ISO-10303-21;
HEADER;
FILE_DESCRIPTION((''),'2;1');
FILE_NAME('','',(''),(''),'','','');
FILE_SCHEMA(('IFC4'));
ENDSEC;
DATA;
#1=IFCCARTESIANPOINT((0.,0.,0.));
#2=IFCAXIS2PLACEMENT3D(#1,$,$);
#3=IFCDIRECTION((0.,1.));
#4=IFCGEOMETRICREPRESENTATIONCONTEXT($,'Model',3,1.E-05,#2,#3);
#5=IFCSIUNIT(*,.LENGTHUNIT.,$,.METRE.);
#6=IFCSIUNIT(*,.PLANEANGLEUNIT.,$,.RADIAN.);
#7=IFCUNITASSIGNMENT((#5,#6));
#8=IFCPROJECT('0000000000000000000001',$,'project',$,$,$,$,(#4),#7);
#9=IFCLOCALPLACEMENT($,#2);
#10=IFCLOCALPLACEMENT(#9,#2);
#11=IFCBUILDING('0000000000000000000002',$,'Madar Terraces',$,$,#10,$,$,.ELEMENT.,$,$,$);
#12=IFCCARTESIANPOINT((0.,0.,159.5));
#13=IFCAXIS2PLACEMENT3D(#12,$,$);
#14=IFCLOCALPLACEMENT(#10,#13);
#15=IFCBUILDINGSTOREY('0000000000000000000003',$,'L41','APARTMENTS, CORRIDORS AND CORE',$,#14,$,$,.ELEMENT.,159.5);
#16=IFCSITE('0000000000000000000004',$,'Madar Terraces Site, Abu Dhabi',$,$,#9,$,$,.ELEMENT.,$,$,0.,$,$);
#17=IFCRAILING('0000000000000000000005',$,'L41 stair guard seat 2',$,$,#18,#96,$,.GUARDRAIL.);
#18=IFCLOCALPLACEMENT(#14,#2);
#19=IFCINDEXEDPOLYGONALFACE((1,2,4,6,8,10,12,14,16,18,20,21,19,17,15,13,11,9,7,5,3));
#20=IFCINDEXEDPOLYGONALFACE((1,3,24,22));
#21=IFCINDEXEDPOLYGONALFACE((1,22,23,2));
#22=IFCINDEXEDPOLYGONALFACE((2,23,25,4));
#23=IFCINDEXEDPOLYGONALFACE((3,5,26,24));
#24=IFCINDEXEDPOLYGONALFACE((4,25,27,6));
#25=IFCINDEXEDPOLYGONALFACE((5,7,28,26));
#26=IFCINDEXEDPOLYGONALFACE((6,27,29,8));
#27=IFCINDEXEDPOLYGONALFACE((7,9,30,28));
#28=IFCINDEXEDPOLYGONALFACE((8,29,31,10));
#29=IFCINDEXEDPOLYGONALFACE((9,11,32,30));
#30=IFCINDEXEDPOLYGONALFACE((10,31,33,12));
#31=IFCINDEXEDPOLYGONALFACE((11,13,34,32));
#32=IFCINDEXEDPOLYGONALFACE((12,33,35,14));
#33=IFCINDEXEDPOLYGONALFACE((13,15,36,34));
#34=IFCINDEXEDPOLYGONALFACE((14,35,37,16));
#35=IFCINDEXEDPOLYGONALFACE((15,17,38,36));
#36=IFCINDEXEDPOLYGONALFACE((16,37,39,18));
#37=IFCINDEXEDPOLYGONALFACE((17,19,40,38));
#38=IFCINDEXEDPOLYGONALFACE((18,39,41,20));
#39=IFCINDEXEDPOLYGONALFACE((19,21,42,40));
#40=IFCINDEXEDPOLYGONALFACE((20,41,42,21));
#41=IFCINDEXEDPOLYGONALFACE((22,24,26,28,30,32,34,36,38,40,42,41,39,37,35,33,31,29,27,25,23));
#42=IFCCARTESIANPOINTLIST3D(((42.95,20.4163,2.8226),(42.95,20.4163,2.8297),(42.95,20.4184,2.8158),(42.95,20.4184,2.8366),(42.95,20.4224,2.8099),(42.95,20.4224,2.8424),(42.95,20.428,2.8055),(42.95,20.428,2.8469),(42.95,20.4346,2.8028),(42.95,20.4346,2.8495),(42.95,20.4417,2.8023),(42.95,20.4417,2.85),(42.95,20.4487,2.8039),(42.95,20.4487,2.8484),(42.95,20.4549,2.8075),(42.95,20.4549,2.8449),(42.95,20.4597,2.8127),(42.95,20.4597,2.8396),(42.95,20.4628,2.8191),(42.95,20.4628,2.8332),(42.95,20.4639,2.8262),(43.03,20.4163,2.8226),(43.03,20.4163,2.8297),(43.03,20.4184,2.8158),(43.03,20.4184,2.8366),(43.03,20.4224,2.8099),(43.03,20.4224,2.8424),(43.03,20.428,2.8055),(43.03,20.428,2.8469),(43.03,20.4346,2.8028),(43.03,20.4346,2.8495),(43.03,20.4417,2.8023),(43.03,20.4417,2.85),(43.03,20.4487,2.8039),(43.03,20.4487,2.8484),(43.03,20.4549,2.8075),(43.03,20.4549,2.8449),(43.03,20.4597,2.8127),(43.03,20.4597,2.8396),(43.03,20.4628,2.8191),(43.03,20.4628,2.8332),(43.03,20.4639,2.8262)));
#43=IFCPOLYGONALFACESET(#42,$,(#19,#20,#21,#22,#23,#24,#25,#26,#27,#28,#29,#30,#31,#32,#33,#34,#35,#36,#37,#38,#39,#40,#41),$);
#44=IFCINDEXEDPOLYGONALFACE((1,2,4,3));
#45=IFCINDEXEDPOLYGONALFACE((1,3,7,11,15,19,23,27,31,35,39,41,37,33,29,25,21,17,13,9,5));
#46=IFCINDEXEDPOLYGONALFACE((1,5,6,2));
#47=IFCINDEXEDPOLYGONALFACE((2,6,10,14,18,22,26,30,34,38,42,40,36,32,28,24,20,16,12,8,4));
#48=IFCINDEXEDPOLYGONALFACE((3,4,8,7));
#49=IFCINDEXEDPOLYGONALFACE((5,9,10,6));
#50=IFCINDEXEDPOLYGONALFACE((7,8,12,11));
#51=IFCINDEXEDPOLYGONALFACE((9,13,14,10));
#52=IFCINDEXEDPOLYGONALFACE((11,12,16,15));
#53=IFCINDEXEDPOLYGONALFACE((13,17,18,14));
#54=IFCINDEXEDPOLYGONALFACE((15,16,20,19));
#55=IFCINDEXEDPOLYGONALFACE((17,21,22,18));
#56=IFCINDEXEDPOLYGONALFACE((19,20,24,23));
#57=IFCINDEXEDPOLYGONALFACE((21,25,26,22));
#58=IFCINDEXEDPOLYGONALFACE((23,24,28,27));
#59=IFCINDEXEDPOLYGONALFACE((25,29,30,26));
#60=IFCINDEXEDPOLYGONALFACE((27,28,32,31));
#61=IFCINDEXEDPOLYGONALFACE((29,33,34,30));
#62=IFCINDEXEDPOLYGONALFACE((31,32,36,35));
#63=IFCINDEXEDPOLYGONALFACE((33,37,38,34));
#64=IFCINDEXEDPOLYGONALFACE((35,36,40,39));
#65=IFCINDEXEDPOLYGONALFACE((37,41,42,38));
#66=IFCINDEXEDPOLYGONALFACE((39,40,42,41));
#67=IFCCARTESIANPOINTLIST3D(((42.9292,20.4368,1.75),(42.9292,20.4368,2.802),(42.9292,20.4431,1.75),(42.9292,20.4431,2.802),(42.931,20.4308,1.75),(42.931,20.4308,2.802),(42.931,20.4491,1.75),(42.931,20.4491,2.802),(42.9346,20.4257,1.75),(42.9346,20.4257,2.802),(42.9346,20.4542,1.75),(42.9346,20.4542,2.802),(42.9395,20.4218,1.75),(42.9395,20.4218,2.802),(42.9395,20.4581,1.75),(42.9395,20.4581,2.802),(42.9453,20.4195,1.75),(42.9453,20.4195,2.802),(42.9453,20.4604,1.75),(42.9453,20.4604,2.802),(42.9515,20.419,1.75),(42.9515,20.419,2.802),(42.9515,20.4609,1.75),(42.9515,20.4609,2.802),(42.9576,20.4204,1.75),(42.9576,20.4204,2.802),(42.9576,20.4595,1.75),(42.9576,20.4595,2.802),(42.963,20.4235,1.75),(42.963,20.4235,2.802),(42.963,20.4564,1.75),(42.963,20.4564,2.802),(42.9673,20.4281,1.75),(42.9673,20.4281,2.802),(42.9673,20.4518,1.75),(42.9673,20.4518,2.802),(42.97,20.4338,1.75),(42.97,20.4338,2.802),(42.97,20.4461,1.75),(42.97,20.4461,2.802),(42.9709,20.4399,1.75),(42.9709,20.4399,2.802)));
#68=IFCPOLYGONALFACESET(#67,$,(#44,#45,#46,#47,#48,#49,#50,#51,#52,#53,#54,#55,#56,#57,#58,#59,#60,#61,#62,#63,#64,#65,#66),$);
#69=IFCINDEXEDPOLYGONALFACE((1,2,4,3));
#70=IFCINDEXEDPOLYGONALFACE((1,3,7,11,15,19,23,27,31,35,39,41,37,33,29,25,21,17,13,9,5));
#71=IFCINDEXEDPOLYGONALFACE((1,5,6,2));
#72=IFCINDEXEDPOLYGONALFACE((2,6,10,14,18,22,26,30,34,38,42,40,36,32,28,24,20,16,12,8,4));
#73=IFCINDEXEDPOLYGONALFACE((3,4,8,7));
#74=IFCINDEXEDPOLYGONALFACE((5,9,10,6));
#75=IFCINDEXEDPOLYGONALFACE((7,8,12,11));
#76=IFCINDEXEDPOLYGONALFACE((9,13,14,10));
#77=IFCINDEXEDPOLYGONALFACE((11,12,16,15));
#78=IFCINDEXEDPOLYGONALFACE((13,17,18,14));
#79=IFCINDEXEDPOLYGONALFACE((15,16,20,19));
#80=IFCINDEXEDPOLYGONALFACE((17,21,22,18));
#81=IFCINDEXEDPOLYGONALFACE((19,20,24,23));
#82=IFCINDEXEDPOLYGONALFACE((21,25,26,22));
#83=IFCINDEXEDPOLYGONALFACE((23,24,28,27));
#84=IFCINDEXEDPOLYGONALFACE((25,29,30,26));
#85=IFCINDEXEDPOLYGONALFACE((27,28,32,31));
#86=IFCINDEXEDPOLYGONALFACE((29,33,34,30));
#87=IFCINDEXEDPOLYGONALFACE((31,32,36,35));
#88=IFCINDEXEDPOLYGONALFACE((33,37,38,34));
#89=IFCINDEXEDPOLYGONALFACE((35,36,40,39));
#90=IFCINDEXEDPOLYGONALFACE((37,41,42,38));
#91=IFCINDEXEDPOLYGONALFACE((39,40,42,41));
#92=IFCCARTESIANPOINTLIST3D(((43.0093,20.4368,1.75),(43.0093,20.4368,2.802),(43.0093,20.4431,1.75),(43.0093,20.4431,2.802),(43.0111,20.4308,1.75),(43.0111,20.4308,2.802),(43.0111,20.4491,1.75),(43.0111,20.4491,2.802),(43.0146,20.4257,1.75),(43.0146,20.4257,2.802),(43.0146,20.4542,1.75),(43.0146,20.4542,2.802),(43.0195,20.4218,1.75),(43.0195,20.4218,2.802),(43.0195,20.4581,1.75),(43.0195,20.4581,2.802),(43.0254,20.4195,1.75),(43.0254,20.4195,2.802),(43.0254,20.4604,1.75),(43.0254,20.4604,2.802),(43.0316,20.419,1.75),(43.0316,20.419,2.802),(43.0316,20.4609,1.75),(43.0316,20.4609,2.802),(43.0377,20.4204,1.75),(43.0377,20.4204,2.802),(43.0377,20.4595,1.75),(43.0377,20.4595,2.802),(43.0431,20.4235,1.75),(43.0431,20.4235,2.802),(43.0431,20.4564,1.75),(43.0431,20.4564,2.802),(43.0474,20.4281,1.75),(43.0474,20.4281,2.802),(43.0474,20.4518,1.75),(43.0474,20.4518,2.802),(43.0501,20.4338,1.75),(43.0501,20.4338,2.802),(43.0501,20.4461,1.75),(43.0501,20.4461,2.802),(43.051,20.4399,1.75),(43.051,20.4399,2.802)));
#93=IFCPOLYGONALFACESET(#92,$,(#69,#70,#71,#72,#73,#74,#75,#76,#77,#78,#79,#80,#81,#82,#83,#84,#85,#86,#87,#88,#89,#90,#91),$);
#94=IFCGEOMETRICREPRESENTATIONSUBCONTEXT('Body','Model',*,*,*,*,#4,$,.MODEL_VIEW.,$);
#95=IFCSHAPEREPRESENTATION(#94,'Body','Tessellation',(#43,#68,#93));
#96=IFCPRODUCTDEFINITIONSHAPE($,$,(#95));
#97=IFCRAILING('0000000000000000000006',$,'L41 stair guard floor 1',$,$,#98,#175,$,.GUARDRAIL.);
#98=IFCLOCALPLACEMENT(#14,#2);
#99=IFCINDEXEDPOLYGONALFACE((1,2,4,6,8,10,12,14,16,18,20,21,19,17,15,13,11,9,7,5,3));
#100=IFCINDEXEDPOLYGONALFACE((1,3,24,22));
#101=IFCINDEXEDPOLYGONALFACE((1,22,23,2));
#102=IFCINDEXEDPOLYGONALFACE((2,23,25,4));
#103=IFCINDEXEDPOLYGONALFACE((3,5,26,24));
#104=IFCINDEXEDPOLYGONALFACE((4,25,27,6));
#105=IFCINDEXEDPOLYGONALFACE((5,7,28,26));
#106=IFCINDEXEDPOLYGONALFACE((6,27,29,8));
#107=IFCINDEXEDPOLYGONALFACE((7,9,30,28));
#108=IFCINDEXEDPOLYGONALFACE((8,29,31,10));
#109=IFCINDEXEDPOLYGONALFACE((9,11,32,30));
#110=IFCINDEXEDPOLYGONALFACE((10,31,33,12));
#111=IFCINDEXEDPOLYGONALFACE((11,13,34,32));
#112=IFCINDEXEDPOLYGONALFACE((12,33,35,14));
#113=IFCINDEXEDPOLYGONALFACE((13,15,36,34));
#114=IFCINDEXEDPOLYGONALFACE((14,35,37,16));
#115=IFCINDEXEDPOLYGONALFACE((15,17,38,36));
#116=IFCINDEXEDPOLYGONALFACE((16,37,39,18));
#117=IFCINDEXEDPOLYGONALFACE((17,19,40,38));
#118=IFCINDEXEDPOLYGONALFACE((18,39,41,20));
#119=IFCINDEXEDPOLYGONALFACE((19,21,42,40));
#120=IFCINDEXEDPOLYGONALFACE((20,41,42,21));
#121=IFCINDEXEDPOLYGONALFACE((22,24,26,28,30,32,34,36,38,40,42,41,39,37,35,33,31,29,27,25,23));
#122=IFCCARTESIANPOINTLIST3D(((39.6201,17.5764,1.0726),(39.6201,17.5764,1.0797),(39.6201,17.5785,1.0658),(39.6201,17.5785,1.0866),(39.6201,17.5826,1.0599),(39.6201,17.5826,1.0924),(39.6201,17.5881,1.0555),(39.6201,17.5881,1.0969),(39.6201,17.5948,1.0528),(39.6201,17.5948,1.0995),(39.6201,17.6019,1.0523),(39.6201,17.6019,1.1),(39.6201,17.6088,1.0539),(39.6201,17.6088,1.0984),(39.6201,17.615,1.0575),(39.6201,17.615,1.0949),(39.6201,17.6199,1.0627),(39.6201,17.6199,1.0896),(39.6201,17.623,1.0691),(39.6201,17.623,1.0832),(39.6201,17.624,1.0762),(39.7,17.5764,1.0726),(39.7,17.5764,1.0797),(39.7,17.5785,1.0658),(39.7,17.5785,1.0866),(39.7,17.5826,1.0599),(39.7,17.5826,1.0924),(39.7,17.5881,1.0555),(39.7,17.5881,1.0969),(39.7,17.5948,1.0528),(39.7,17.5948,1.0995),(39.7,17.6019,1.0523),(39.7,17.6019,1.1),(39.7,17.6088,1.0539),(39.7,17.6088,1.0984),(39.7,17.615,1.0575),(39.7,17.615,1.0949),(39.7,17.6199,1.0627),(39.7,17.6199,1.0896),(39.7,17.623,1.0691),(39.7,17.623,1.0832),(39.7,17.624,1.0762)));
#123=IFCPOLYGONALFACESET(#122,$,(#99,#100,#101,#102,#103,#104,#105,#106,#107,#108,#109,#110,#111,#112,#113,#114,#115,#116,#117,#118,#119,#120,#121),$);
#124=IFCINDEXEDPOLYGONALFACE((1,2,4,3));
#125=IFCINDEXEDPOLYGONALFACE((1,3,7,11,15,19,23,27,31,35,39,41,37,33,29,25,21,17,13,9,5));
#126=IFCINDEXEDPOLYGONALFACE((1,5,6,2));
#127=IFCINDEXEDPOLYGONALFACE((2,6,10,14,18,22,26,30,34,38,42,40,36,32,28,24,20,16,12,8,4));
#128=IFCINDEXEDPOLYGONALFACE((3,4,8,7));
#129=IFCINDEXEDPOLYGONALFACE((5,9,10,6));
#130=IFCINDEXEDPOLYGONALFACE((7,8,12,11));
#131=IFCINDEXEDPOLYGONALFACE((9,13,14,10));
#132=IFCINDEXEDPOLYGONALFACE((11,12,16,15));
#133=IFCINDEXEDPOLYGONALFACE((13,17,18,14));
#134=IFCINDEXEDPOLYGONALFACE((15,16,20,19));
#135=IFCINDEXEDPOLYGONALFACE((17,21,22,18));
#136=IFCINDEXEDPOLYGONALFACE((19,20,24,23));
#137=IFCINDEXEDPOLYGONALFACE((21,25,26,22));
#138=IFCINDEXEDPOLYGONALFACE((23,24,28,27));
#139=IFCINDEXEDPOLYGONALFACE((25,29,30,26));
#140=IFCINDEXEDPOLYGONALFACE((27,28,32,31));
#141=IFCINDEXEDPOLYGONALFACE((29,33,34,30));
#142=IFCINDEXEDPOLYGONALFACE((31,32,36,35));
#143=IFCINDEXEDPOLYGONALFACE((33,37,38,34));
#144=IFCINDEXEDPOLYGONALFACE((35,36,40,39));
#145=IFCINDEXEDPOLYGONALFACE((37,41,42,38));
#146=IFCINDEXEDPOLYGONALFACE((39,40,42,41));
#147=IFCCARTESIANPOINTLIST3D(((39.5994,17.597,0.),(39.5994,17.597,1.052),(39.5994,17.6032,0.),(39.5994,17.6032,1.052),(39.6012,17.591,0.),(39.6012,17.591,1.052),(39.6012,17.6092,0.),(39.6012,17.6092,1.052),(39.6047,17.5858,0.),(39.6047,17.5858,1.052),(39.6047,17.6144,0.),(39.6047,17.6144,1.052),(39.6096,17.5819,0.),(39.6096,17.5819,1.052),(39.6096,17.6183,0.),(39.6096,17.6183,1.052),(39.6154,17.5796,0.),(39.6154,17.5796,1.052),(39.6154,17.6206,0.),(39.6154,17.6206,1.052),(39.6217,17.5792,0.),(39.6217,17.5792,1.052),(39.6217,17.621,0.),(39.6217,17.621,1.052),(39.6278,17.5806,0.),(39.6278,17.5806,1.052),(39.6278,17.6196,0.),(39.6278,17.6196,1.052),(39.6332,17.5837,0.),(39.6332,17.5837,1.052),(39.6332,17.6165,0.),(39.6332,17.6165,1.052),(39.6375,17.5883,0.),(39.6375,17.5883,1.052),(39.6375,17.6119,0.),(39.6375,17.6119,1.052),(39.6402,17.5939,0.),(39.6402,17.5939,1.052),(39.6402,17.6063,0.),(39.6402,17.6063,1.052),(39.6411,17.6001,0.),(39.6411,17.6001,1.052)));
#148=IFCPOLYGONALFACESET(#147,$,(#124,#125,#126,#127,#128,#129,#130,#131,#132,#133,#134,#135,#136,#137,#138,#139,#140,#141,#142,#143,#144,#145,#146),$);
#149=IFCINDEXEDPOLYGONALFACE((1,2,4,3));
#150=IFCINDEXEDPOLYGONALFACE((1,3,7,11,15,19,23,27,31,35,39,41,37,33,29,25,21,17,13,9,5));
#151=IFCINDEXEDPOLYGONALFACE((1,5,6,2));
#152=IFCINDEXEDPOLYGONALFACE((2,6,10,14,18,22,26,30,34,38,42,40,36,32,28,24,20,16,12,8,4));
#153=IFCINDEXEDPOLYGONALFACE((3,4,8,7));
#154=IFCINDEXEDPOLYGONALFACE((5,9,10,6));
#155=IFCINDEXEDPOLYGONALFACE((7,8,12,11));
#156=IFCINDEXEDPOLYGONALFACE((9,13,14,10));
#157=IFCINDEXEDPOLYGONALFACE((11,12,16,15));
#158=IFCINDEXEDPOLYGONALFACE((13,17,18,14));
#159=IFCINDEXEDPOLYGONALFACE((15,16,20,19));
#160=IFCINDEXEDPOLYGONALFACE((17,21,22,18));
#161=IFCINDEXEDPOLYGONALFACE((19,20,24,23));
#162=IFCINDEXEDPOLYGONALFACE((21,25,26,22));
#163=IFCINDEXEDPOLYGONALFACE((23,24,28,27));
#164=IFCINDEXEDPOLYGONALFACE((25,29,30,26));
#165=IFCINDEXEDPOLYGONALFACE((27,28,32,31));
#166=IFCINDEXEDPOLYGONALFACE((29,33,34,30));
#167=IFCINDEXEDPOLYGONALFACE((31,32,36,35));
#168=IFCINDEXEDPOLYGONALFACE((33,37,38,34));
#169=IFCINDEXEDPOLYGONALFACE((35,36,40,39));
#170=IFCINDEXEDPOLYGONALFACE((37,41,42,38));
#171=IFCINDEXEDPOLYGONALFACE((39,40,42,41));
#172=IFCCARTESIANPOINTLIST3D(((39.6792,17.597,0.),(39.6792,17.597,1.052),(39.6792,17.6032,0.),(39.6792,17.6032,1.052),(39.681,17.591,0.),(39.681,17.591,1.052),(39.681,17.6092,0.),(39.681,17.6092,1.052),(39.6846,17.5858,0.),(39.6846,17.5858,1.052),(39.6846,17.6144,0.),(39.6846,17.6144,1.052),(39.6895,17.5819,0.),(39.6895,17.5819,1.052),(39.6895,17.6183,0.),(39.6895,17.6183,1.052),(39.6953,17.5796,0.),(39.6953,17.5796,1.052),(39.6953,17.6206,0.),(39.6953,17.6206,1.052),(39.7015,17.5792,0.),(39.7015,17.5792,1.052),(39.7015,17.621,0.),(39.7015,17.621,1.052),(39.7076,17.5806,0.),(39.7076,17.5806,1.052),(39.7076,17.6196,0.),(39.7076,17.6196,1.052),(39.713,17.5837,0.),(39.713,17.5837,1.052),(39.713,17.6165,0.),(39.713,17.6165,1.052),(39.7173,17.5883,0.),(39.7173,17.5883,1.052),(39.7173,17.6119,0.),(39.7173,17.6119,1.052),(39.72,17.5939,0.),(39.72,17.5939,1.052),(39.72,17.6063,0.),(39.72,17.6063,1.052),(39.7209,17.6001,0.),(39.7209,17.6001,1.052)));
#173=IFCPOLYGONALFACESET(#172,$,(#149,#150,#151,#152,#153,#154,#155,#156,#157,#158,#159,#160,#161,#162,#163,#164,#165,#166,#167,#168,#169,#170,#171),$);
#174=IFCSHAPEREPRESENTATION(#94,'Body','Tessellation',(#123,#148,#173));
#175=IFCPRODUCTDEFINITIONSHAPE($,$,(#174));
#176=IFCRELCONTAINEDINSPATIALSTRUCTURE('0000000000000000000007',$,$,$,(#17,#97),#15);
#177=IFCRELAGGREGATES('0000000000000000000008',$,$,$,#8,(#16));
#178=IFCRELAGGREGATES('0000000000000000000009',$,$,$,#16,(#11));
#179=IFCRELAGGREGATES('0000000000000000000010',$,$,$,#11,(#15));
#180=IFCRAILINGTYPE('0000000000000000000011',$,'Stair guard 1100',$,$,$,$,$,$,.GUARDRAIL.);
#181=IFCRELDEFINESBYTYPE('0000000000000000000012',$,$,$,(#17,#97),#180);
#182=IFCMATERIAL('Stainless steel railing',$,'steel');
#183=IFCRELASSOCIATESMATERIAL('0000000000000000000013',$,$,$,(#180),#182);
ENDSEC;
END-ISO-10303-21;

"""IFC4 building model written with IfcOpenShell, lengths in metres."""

from ifc_helpers import new_model, si_unit, direction, frame, origin, origin_2d, place, context, subcontext, project, spatial, circle, extrude, material, type_object, element, save


model = new_model("IFC4")

# Units and contexts
model_context = context("Model", 3, precision=1e-05, world=origin(), true_north=direction((0.0, 1.0)))
body_context = subcontext(model_context, "Body", "Model", "MODEL_VIEW")
ifc_project = project(units=[si_unit("LENGTHUNIT", "METRE"), si_unit("PLANEANGLEUNIT", "RADIAN")], contexts=[model_context])

# Site, building, storey
site_placement = place(None, origin())
site = spatial("IfcSite", under=ifc_project, at=site_placement, Name="Madar Terraces Site, Abu Dhabi", CompositionType="ELEMENT", RefElevation=0.0)
building_placement = place(site_placement, origin())
building = spatial("IfcBuilding", under=site, at=building_placement, Name="Madar Terraces", CompositionType="ELEMENT")
storey_placement = place(building_placement, frame((0.0, 0.0, 159.5)))
storey = spatial("IfcBuildingStorey", under=building, at=storey_placement, Name="L41", Description="APARTMENTS, CORRIDORS AND CORE", CompositionType="ELEMENT", Elevation=159.5)

# Railings
ifc_material_1 = material(Name="Stainless steel railing", Category="steel")
railing_type_1 = type_object("IfcRailingType", Name="Stair guard 1100", PredefinedType="GUARDRAIL", material=ifc_material_1)
railing_1_placement = place(storey_placement, frame((42.95, 20.4399, 1.75)))
element("IfcRailing", 1, at=railing_1_placement, inside=storey, type_object=railing_type_1, Name="L41 stair guard seat 2", PredefinedType="GUARDRAIL", context=body_context, shape_type="SweptSolid", body=[
    extrude(circle(Radius=0.0239, at=origin_2d()), frame((0.0, 0.0, 1.0762), z_axis=(1.0, 0.0, 0.0), x_axis=(0.0, 1.0, 0.0)), (0.0, 0.0, 1.0), 0.0801),
    extrude(circle(Radius=0.021, at=origin_2d()), origin(), (0.0, 0.0, 1.0), 1.052),
    extrude(circle(Radius=0.021, at=origin_2d()), frame((0.0801, 0.0, 0.0)), (0.0, 0.0, 1.0), 1.052),
])
railing_2_placement = place(storey_placement, frame((39.6201, 17.6001, 0.0)))
element("IfcRailing", 2, at=railing_2_placement, inside=storey, type_object=railing_type_1, Name="L41 stair guard floor 1", PredefinedType="GUARDRAIL", context=body_context, shape_type="SweptSolid", body=[
    extrude(circle(Radius=0.0239, at=origin_2d()), frame((0.0, 0.0, 1.0762), z_axis=(1.0, 0.0, 0.0), x_axis=(0.0, 1.0, 0.0)), (0.0, 0.0, 1.0), 0.0798),
    extrude(circle(Radius=0.021, at=origin_2d()), origin(), (0.0, 0.0, 1.0), 1.052),
    extrude(circle(Radius=0.021, at=origin_2d()), frame((0.0798, 0.0, 0.0)), (0.0, 0.0, 1.0), 1.052),
])

save(model, "model.ifc")
